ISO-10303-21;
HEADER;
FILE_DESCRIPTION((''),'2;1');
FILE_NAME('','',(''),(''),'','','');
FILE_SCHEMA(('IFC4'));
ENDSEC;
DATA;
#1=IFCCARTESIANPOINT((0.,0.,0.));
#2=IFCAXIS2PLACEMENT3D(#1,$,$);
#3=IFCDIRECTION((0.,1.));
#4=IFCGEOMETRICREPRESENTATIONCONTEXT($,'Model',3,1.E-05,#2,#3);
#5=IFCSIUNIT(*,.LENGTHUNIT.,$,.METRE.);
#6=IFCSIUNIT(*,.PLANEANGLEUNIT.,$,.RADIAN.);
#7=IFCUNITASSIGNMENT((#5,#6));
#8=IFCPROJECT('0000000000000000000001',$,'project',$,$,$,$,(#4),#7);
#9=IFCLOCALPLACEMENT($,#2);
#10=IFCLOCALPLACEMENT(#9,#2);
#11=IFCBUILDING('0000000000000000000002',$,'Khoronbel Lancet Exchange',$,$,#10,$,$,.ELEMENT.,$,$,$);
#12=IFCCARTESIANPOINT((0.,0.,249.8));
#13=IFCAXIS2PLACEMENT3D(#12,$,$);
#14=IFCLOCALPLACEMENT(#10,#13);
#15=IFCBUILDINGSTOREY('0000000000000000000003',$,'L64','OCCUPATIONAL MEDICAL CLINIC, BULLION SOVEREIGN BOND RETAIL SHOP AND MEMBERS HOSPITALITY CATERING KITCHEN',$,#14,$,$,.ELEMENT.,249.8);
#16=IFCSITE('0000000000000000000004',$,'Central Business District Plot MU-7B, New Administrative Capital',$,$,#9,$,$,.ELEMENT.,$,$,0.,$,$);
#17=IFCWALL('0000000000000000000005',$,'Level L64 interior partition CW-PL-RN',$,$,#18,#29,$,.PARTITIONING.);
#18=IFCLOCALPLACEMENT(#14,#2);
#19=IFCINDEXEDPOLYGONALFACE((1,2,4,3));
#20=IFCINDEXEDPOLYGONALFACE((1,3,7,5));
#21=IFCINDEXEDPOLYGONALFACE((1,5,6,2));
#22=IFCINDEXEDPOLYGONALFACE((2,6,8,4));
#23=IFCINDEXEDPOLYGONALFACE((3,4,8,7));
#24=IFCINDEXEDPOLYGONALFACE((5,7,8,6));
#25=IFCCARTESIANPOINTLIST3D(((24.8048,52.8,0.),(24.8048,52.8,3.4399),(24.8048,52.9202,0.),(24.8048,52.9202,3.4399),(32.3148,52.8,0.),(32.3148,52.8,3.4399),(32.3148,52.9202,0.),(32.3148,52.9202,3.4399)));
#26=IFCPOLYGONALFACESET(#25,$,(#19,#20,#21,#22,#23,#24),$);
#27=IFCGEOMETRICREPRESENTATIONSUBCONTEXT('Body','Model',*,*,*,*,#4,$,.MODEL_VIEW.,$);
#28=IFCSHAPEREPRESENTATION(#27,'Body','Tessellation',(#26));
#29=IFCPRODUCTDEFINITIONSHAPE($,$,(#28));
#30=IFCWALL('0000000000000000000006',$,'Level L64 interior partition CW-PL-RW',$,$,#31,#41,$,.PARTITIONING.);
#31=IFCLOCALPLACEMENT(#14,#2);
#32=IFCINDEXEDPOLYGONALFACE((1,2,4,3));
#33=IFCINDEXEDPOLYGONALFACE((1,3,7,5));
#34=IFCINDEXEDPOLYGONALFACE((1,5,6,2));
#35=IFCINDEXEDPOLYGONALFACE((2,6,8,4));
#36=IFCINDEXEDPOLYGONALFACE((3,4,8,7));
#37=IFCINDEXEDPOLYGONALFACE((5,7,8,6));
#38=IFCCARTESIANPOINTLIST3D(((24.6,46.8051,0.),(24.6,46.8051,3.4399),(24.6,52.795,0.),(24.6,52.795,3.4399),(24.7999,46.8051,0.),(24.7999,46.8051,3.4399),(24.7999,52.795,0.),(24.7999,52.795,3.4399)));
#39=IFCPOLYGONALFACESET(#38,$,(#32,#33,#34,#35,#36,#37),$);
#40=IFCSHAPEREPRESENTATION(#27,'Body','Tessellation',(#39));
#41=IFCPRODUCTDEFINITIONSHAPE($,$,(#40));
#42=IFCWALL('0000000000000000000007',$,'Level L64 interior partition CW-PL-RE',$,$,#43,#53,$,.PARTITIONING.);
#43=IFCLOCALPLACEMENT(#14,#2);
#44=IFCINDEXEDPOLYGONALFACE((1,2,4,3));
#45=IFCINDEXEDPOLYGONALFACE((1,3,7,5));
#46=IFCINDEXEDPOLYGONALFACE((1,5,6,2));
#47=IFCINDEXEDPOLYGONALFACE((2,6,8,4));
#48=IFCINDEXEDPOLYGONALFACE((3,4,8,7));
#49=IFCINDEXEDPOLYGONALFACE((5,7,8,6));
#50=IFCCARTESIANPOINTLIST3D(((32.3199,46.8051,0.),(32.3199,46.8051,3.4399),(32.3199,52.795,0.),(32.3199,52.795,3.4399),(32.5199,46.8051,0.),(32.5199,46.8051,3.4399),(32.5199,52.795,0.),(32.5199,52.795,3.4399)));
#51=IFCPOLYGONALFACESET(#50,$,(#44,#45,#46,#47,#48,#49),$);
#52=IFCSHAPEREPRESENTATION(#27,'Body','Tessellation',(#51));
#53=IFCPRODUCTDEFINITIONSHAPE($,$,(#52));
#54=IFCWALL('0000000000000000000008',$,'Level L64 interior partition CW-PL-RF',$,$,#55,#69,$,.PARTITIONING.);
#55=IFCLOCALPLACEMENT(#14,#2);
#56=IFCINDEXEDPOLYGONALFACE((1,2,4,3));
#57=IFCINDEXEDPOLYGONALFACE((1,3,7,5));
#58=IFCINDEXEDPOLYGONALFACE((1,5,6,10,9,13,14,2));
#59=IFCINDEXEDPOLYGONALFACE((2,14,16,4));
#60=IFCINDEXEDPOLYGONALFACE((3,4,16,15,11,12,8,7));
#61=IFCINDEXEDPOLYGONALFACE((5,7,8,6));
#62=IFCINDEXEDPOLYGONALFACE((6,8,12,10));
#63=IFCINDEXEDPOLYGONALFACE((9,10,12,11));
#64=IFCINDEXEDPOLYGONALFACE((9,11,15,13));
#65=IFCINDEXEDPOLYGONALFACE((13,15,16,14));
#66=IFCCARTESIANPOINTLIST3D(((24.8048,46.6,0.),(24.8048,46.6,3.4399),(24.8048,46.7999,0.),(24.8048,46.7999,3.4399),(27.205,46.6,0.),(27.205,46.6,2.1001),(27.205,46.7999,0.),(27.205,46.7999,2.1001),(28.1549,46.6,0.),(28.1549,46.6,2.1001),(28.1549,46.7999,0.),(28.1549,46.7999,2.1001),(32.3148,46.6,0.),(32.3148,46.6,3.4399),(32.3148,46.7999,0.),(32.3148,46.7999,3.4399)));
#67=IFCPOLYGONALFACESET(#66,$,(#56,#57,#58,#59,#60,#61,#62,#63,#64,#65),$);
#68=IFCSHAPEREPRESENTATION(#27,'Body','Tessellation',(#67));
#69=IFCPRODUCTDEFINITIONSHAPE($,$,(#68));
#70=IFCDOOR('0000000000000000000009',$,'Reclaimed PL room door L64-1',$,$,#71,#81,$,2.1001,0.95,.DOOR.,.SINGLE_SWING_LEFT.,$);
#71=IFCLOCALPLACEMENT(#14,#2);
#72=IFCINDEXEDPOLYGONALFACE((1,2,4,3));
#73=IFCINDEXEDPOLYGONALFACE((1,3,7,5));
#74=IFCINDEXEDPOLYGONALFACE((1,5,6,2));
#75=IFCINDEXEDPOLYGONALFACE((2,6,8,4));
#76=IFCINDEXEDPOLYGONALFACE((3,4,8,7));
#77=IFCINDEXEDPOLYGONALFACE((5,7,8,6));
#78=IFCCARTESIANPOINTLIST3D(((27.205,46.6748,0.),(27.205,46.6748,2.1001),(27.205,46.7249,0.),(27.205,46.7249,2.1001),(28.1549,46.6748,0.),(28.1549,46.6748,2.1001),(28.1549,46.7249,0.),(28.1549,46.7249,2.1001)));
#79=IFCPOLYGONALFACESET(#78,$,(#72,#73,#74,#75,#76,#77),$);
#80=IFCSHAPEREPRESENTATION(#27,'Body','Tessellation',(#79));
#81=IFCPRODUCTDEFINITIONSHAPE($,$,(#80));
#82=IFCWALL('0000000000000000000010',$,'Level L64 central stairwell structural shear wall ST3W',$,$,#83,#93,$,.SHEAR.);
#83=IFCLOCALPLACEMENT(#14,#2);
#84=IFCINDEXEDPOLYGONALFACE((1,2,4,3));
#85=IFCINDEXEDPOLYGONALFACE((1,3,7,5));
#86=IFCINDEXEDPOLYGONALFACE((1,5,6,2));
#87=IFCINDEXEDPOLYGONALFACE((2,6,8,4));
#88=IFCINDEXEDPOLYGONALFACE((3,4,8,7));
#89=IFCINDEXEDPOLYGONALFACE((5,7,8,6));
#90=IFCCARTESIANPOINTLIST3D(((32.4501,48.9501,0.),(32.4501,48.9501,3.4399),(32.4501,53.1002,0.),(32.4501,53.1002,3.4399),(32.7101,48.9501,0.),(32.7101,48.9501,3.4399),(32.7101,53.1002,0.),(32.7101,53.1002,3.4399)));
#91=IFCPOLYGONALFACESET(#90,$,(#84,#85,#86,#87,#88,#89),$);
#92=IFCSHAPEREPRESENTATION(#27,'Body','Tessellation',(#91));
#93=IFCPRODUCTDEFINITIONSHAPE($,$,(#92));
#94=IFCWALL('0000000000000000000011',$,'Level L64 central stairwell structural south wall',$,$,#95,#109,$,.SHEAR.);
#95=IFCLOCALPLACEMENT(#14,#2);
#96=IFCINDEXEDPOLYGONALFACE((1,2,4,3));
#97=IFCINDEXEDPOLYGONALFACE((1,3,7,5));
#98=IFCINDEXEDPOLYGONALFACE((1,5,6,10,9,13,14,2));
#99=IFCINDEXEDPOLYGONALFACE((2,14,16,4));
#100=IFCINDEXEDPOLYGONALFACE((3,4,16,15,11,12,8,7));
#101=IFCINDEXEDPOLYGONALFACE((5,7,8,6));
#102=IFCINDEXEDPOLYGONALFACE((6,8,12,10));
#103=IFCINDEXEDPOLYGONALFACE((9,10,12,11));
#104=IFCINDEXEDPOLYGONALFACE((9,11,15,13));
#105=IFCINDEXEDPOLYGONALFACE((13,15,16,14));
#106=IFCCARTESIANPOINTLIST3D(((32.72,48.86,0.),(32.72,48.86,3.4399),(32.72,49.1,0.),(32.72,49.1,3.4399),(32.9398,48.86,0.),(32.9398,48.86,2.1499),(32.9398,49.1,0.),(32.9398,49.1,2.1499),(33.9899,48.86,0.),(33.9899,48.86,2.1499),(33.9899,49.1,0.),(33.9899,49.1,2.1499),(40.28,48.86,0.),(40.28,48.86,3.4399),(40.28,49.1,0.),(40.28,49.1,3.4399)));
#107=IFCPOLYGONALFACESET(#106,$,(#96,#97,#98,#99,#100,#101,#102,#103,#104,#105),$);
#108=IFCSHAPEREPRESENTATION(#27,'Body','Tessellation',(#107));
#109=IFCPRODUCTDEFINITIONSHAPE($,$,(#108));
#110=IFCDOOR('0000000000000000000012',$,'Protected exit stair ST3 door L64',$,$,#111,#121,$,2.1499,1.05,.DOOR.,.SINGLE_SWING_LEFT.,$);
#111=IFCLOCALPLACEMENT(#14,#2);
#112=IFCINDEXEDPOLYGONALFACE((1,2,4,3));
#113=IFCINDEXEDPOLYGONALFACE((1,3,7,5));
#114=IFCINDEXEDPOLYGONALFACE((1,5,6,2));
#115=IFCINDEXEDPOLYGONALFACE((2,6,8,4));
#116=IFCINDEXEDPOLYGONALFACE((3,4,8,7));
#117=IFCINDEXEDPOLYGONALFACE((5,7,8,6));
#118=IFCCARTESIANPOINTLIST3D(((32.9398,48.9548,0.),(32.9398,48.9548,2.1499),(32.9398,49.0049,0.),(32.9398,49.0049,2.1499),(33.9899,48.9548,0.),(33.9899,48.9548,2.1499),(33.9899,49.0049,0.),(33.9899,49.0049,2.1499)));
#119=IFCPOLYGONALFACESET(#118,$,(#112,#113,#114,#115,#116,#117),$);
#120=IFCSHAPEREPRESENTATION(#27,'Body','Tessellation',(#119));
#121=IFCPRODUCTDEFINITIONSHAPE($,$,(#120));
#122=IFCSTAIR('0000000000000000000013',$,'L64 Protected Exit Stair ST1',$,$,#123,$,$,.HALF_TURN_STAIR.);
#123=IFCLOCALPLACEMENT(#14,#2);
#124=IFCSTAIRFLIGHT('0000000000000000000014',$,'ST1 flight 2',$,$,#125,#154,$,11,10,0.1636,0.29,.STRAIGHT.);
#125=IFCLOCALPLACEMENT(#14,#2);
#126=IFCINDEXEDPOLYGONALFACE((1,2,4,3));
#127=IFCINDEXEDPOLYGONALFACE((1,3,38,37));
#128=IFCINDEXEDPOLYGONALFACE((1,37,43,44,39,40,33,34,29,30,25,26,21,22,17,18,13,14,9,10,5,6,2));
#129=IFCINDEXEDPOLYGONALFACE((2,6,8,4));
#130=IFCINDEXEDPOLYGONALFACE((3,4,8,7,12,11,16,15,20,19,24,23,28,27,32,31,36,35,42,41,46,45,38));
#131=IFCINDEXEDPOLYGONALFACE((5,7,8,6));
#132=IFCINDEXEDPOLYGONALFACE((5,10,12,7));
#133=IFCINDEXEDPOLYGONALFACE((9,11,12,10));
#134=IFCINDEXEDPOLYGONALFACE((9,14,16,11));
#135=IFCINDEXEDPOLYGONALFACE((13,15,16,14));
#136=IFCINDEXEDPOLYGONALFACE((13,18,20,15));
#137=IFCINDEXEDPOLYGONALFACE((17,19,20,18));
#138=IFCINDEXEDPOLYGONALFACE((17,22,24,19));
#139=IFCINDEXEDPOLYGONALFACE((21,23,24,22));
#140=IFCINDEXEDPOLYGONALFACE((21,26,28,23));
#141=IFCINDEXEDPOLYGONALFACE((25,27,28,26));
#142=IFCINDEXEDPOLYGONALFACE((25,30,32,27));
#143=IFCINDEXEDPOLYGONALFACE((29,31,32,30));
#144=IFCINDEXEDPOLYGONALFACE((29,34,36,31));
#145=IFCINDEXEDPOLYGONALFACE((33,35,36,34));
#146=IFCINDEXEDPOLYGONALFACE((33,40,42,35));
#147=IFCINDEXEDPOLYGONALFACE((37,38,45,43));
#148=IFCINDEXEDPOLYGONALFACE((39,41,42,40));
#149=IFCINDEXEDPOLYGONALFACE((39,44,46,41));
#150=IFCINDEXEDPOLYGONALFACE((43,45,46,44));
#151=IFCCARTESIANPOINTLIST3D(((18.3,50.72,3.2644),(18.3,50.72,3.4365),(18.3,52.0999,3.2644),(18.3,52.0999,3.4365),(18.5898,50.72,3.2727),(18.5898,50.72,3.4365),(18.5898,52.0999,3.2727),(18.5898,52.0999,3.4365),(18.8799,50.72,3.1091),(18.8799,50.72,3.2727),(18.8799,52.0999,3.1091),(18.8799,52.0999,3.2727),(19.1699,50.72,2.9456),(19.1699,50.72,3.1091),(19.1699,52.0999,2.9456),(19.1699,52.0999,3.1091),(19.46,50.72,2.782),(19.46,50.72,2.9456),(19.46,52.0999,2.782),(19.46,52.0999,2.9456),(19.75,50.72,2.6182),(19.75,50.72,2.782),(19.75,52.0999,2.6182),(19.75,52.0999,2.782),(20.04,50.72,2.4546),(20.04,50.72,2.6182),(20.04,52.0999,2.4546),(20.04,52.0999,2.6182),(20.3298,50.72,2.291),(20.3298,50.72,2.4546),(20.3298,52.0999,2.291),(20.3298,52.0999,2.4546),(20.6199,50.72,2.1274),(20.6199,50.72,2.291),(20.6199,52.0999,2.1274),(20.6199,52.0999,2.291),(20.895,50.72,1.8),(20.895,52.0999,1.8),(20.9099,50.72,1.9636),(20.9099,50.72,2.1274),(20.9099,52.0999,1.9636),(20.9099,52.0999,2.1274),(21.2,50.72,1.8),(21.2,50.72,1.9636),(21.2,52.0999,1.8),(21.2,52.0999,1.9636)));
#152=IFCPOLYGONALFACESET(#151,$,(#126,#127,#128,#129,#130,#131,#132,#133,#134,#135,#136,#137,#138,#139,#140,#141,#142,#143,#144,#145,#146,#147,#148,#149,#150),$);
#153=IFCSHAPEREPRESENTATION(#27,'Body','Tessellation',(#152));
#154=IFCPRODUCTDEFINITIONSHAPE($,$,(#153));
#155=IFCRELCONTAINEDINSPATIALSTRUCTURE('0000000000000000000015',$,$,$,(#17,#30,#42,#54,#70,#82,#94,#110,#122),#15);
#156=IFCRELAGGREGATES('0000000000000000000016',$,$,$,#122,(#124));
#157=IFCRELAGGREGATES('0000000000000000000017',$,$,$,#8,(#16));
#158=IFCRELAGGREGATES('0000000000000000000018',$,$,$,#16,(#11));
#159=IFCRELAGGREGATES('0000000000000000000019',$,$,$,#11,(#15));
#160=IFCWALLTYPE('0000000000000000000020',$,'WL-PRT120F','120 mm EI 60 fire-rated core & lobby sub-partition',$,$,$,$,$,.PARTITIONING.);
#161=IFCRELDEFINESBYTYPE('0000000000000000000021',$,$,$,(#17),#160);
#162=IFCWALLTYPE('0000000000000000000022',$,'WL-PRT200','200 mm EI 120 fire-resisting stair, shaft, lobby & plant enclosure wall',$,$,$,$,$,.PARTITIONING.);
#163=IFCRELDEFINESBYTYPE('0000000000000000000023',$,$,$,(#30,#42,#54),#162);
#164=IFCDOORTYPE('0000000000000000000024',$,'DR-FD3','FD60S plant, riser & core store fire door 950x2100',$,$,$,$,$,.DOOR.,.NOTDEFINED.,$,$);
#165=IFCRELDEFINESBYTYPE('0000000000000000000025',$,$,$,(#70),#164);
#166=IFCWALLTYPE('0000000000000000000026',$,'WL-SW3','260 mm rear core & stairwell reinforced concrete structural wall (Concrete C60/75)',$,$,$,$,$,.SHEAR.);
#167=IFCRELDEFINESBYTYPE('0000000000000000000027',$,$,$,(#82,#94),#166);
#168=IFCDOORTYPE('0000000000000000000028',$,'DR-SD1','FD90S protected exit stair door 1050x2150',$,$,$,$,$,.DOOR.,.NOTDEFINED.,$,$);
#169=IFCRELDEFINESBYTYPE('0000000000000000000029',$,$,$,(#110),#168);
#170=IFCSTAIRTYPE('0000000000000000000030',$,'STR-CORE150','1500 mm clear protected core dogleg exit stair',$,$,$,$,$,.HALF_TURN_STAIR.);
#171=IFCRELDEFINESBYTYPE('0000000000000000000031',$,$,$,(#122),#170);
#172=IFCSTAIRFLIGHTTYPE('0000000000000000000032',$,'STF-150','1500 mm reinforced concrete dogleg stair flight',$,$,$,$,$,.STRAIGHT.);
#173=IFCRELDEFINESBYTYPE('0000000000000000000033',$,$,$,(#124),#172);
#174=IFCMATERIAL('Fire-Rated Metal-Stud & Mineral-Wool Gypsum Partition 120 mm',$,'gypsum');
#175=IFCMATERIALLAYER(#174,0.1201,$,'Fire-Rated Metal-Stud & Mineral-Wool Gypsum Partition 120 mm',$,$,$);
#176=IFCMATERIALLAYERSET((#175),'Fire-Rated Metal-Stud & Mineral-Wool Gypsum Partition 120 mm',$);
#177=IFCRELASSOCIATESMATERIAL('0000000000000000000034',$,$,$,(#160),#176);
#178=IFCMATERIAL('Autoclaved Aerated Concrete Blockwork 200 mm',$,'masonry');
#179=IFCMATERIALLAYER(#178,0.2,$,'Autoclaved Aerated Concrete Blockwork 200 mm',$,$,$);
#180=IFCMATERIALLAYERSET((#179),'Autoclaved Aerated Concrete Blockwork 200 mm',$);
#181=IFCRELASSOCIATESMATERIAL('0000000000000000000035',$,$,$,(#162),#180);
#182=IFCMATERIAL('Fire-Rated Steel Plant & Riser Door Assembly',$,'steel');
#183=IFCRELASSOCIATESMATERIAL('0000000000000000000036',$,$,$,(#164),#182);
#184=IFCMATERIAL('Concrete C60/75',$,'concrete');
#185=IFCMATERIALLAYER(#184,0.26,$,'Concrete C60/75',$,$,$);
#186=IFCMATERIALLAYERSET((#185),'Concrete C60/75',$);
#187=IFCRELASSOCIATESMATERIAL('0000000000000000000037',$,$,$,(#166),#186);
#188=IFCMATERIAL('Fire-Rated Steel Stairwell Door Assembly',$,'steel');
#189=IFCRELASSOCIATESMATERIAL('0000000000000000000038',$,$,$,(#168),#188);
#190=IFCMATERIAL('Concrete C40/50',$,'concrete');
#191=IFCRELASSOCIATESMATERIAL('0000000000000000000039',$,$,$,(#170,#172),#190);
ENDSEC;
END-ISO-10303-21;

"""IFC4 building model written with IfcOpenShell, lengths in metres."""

from ifc_helpers import new_model, si_unit, direction, frame, frame_2d, origin, place, context, subcontext, project, spatial, polyline, rectangle, outline, extrude, material, layer, layer_set, type_object, element, fill, aggregate, save


model = new_model("IFC4")

# Units and contexts
model_context = context("Model", 3, precision=1e-05, world=origin(), true_north=direction((0.0, 1.0)))
body_context = subcontext(model_context, "Body", "Model", "MODEL_VIEW")
ifc_project = project(units=[si_unit("LENGTHUNIT", "METRE"), si_unit("PLANEANGLEUNIT", "RADIAN")], contexts=[model_context])

# Site, building, storey
site_placement = place(None, origin())
site = spatial("IfcSite", under=ifc_project, at=site_placement, Name="Central Business District Plot MU-7B, New Administrative Capital", CompositionType="ELEMENT", RefElevation=0.0)
building_placement = place(site_placement, origin())
building = spatial("IfcBuilding", under=site, at=building_placement, Name="Khoronbel Lancet Exchange", CompositionType="ELEMENT")
storey_placement = place(building_placement, frame((0.0, 0.0, 249.8)))
storey = spatial("IfcBuildingStorey", under=building, at=storey_placement, Name="L64", Description="OCCUPATIONAL MEDICAL CLINIC, BULLION SOVEREIGN BOND RETAIL SHOP AND MEMBERS HOSPITALITY CATERING KITCHEN", CompositionType="ELEMENT", Elevation=249.8)

# Walls
ifc_material_1 = material(Name="Fire-Rated Metal-Stud & Mineral-Wool Gypsum Partition 120 mm", Category="gypsum")
ifc_layer_1 = layer(ifc_material_1, 0.1201, Name="Fire-Rated Metal-Stud & Mineral-Wool Gypsum Partition 120 mm")
ifc_layer_set_1 = layer_set([ifc_layer_1], Name="Fire-Rated Metal-Stud & Mineral-Wool Gypsum Partition 120 mm")
wall_type_1 = type_object("IfcWallType", Name="WL-PRT120F", Description="120 mm EI 60 fire-rated core & lobby sub-partition", PredefinedType="PARTITIONING", material=ifc_layer_set_1)
wall_1_placement = place(storey_placement, frame((24.8049, 52.8601, 0.0), z_axis=(0.0, 0.0, 1.0), x_axis=(1.0, 0.0, 0.0)))
element("IfcWall", 1, at=wall_1_placement, inside=storey, type_object=wall_type_1, Name="Level L64 interior partition CW-PL-RN", PredefinedType="PARTITIONING", context=body_context, shape_type="SweptSolid", body=[
    extrude(rectangle(XDim=7.51, YDim=0.1201, at=frame_2d((3.7549, 0.0))), origin(), (0.0, 0.0, 1.0), 3.4399),
])
ifc_material_2 = material(Name="Autoclaved Aerated Concrete Blockwork 200 mm", Category="masonry")
ifc_layer_2 = layer(ifc_material_2, 0.2, Name="Autoclaved Aerated Concrete Blockwork 200 mm")
ifc_layer_set_2 = layer_set([ifc_layer_2], Name="Autoclaved Aerated Concrete Blockwork 200 mm")
wall_type_2 = type_object("IfcWallType", Name="WL-PRT200", Description="200 mm EI 120 fire-resisting stair, shaft, lobby & plant enclosure wall", PredefinedType="PARTITIONING", material=ifc_layer_set_2)
for number, where, z_axis, x_axis, name in (
    (2, (24.7, 46.8049, 0.0), (0.0, 0.0, 1.0), (0.0, 1.0, 0.0), "Level L64 interior partition CW-PL-RW"),
    (3, (32.4199, 46.8049, 0.0), (0.0, 0.0, 1.0), (0.0, 1.0, 0.0), "Level L64 interior partition CW-PL-RE"),
):
    element("IfcWall", number, at=place(storey_placement, frame(where, z_axis=z_axis, x_axis=x_axis)), inside=storey, type_object=wall_type_2, Name=name, PredefinedType="PARTITIONING", context=body_context, shape_type="SweptSolid", body=[
        extrude(rectangle(XDim=5.99, YDim=0.2, at=frame_2d((2.9951, 0.0))), origin(), (0.0, 0.0, 1.0), 3.4399),
    ])

# Wall, opening, door
wall_2_placement = place(storey_placement, frame((24.8049, 46.7, 0.0), z_axis=(0.0, 0.0, 1.0), x_axis=(1.0, 0.0, 0.0)))
wall_2 = element("IfcWall", 4, at=wall_2_placement, inside=storey, type_object=wall_type_2, Name="Level L64 interior partition CW-PL-RF", PredefinedType="PARTITIONING", context=body_context, shape_type="SweptSolid", body=[
    extrude(rectangle(XDim=7.51, YDim=0.2, at=frame_2d((3.7549, 0.0))), origin(), (0.0, 0.0, 1.0), 3.4399),
])
opening_1_placement = place(wall_2_placement, frame((2.3999, 0.0, 0.0)))
opening_1 = element("IfcOpeningElement", 5, at=opening_1_placement, cuts=wall_2, PredefinedType="OPENING", context=body_context, shape_type="SweptSolid", body=[
    extrude(rectangle(XDim=0.95, YDim=2.1001, at=frame_2d((0.4751, 1.05))), frame((0.0, 0.1099, 0.0), z_axis=(0.0, -1.0, 0.0), x_axis=(1.0, 0.0, 0.0)), (0.0, 0.0, 1.0), 0.22),
])
ifc_material_3 = material(Name="Fire-Rated Steel Plant & Riser Door Assembly", Category="steel")
door_type_1 = type_object("IfcDoorType", Name="DR-FD3", Description="FD60S plant, riser & core store fire door 950x2100", OperationType="NOTDEFINED", PredefinedType="DOOR", material=ifc_material_3)
door_1_placement = place(opening_1_placement, origin())
door_1 = element("IfcDoor", 6, at=door_1_placement, inside=storey, type_object=door_type_1, Name="Reclaimed PL room door L64-1", OperationType="SINGLE_SWING_LEFT", OverallHeight=2.1001, OverallWidth=0.95, PredefinedType="DOOR", context=body_context, shape_type="SweptSolid", body=[
    extrude(rectangle(XDim=0.95, YDim=2.1001, at=frame_2d((0.4751, 1.05))), frame((0.0, 0.0249, 0.0), z_axis=(0.0, -1.0, 0.0), x_axis=(1.0, 0.0, 0.0)), (0.0, 0.0, 1.0), 0.05),
])
fill(opening_1, door_1)

# Wall
ifc_material_4 = material(Name="Concrete C60/75", Category="concrete")
ifc_layer_3 = layer(ifc_material_4, 0.26, Name="Concrete C60/75")
ifc_layer_set_3 = layer_set([ifc_layer_3], Name="Concrete C60/75")
wall_type_3 = type_object("IfcWallType", Name="WL-SW3", Description="260 mm rear core & stairwell reinforced concrete structural wall (Concrete C60/75)", PredefinedType="SHEAR", material=ifc_layer_set_3)
wall_3_placement = place(storey_placement, frame((32.5801, 48.95, 0.0), z_axis=(0.0, 0.0, 1.0), x_axis=(0.0, 1.0, 0.0)))
element("IfcWall", 7, at=wall_3_placement, inside=storey, type_object=wall_type_3, Name="Level L64 central stairwell structural shear wall ST3W", PredefinedType="SHEAR", context=body_context, shape_type="SweptSolid", body=[
    extrude(rectangle(XDim=4.1501, YDim=0.26, at=frame_2d((2.0752, 0.0))), origin(), (0.0, 0.0, 1.0), 3.4399),
])

# Wall, opening, door
wall_4_placement = place(storey_placement, frame((32.72, 48.98, 0.0), z_axis=(0.0, 0.0, 1.0), x_axis=(1.0, 0.0, 0.0)))
wall_4 = element("IfcWall", 8, at=wall_4_placement, inside=storey, type_object=wall_type_3, Name="Level L64 central stairwell structural south wall", PredefinedType="SHEAR", context=body_context, shape_type="SweptSolid", body=[
    extrude(rectangle(XDim=7.5601, YDim=0.24, at=frame_2d((3.78, 0.0))), origin(), (0.0, 0.0, 1.0), 3.4399),
])
opening_2_placement = place(wall_4_placement, frame((0.22, 0.0, 0.0)))
opening_2 = element("IfcOpeningElement", 9, at=opening_2_placement, cuts=wall_4, PredefinedType="OPENING", context=body_context, shape_type="SweptSolid", body=[
    extrude(rectangle(XDim=1.05, YDim=2.1499, at=frame_2d((0.5249, 1.075))), frame((0.0, 0.1299, 0.0), z_axis=(0.0, -1.0, 0.0), x_axis=(1.0, 0.0, 0.0)), (0.0, 0.0, 1.0), 0.26),
])
ifc_material_5 = material(Name="Fire-Rated Steel Stairwell Door Assembly", Category="steel")
door_type_2 = type_object("IfcDoorType", Name="DR-SD1", Description="FD90S protected exit stair door 1050x2150", OperationType="NOTDEFINED", PredefinedType="DOOR", material=ifc_material_5)
door_2_placement = place(opening_2_placement, origin())
door_2 = element("IfcDoor", 10, at=door_2_placement, inside=storey, type_object=door_type_2, Name="Protected exit stair ST3 door L64", OperationType="SINGLE_SWING_LEFT", OverallHeight=2.1499, OverallWidth=1.05, PredefinedType="DOOR", context=body_context, shape_type="SweptSolid", body=[
    extrude(rectangle(XDim=1.05, YDim=2.1499, at=frame_2d((0.5249, 1.075))), frame((0.0, 0.0249, 0.0), z_axis=(0.0, -1.0, 0.0), x_axis=(1.0, 0.0, 0.0)), (0.0, 0.0, 1.0), 0.05),
])
fill(opening_2, door_2)

# Stair, stair flight
ifc_material_6 = material(Name="Concrete C40/50", Category="concrete")
stair_type = type_object("IfcStairType", Name="STR-CORE150", Description="1500 mm clear protected core dogleg exit stair", PredefinedType="HALF_TURN_STAIR", material=ifc_material_6)
stair_placement = place(storey_placement, origin())
stair = element("IfcStair", 11, at=stair_placement, inside=storey, type_object=stair_type, Name="L64 Protected Exit Stair ST1", PredefinedType="HALF_TURN_STAIR")
stair_flight_type = type_object("IfcStairFlightType", Name="STF-150", Description="1500 mm reinforced concrete dogleg stair flight", PredefinedType="STRAIGHT", material=ifc_material_6)
stair_flight_placement = place(storey_placement, frame((21.2, 51.4099, 1.8), z_axis=(0.0, 0.0, 1.0), x_axis=(-1.0, 0.0, 0.0)))
stair_flight = element("IfcStairFlight", 12, at=stair_flight_placement, type_object=stair_flight_type, Name="ST1 flight 2", NumberOfRisers=11, NumberOfTreads=10, PredefinedType="STRAIGHT", RiserHeight=0.1636, TreadLength=0.29, context=body_context, shape_type="SweptSolid", body=[
    extrude(outline(polyline([(0.0, 0.0), (0.0, 0.1636), (0.29, 0.1636), (0.29, 0.3274), (0.5801, 0.3274), (0.5801, 0.491), (0.8701, 0.491), (0.8701, 0.6545), (1.1599, 0.6545), (1.1599, 0.8181), (1.45, 0.8181), (1.45, 0.9819), (1.74, 0.9819), (1.74, 1.1455), (2.03, 1.1455), (2.03, 1.3091), (2.3201, 1.3091), (2.3201, 1.4727), (2.6101, 1.4727), (2.6101, 1.6365), (2.8999, 1.6365), (2.8999, 1.8), (2.8999, 1.4644), (0.3049, 0.0), (0.0, 0.0)])), frame((0.0, 0.6899, 0.0), z_axis=(0.0, -1.0, 0.0), x_axis=(1.0, 0.0, 0.0)), (0.0, 0.0, 1.0), 1.3799),
])
aggregate(stair, [stair_flight])

save(model, "model.ifc")
